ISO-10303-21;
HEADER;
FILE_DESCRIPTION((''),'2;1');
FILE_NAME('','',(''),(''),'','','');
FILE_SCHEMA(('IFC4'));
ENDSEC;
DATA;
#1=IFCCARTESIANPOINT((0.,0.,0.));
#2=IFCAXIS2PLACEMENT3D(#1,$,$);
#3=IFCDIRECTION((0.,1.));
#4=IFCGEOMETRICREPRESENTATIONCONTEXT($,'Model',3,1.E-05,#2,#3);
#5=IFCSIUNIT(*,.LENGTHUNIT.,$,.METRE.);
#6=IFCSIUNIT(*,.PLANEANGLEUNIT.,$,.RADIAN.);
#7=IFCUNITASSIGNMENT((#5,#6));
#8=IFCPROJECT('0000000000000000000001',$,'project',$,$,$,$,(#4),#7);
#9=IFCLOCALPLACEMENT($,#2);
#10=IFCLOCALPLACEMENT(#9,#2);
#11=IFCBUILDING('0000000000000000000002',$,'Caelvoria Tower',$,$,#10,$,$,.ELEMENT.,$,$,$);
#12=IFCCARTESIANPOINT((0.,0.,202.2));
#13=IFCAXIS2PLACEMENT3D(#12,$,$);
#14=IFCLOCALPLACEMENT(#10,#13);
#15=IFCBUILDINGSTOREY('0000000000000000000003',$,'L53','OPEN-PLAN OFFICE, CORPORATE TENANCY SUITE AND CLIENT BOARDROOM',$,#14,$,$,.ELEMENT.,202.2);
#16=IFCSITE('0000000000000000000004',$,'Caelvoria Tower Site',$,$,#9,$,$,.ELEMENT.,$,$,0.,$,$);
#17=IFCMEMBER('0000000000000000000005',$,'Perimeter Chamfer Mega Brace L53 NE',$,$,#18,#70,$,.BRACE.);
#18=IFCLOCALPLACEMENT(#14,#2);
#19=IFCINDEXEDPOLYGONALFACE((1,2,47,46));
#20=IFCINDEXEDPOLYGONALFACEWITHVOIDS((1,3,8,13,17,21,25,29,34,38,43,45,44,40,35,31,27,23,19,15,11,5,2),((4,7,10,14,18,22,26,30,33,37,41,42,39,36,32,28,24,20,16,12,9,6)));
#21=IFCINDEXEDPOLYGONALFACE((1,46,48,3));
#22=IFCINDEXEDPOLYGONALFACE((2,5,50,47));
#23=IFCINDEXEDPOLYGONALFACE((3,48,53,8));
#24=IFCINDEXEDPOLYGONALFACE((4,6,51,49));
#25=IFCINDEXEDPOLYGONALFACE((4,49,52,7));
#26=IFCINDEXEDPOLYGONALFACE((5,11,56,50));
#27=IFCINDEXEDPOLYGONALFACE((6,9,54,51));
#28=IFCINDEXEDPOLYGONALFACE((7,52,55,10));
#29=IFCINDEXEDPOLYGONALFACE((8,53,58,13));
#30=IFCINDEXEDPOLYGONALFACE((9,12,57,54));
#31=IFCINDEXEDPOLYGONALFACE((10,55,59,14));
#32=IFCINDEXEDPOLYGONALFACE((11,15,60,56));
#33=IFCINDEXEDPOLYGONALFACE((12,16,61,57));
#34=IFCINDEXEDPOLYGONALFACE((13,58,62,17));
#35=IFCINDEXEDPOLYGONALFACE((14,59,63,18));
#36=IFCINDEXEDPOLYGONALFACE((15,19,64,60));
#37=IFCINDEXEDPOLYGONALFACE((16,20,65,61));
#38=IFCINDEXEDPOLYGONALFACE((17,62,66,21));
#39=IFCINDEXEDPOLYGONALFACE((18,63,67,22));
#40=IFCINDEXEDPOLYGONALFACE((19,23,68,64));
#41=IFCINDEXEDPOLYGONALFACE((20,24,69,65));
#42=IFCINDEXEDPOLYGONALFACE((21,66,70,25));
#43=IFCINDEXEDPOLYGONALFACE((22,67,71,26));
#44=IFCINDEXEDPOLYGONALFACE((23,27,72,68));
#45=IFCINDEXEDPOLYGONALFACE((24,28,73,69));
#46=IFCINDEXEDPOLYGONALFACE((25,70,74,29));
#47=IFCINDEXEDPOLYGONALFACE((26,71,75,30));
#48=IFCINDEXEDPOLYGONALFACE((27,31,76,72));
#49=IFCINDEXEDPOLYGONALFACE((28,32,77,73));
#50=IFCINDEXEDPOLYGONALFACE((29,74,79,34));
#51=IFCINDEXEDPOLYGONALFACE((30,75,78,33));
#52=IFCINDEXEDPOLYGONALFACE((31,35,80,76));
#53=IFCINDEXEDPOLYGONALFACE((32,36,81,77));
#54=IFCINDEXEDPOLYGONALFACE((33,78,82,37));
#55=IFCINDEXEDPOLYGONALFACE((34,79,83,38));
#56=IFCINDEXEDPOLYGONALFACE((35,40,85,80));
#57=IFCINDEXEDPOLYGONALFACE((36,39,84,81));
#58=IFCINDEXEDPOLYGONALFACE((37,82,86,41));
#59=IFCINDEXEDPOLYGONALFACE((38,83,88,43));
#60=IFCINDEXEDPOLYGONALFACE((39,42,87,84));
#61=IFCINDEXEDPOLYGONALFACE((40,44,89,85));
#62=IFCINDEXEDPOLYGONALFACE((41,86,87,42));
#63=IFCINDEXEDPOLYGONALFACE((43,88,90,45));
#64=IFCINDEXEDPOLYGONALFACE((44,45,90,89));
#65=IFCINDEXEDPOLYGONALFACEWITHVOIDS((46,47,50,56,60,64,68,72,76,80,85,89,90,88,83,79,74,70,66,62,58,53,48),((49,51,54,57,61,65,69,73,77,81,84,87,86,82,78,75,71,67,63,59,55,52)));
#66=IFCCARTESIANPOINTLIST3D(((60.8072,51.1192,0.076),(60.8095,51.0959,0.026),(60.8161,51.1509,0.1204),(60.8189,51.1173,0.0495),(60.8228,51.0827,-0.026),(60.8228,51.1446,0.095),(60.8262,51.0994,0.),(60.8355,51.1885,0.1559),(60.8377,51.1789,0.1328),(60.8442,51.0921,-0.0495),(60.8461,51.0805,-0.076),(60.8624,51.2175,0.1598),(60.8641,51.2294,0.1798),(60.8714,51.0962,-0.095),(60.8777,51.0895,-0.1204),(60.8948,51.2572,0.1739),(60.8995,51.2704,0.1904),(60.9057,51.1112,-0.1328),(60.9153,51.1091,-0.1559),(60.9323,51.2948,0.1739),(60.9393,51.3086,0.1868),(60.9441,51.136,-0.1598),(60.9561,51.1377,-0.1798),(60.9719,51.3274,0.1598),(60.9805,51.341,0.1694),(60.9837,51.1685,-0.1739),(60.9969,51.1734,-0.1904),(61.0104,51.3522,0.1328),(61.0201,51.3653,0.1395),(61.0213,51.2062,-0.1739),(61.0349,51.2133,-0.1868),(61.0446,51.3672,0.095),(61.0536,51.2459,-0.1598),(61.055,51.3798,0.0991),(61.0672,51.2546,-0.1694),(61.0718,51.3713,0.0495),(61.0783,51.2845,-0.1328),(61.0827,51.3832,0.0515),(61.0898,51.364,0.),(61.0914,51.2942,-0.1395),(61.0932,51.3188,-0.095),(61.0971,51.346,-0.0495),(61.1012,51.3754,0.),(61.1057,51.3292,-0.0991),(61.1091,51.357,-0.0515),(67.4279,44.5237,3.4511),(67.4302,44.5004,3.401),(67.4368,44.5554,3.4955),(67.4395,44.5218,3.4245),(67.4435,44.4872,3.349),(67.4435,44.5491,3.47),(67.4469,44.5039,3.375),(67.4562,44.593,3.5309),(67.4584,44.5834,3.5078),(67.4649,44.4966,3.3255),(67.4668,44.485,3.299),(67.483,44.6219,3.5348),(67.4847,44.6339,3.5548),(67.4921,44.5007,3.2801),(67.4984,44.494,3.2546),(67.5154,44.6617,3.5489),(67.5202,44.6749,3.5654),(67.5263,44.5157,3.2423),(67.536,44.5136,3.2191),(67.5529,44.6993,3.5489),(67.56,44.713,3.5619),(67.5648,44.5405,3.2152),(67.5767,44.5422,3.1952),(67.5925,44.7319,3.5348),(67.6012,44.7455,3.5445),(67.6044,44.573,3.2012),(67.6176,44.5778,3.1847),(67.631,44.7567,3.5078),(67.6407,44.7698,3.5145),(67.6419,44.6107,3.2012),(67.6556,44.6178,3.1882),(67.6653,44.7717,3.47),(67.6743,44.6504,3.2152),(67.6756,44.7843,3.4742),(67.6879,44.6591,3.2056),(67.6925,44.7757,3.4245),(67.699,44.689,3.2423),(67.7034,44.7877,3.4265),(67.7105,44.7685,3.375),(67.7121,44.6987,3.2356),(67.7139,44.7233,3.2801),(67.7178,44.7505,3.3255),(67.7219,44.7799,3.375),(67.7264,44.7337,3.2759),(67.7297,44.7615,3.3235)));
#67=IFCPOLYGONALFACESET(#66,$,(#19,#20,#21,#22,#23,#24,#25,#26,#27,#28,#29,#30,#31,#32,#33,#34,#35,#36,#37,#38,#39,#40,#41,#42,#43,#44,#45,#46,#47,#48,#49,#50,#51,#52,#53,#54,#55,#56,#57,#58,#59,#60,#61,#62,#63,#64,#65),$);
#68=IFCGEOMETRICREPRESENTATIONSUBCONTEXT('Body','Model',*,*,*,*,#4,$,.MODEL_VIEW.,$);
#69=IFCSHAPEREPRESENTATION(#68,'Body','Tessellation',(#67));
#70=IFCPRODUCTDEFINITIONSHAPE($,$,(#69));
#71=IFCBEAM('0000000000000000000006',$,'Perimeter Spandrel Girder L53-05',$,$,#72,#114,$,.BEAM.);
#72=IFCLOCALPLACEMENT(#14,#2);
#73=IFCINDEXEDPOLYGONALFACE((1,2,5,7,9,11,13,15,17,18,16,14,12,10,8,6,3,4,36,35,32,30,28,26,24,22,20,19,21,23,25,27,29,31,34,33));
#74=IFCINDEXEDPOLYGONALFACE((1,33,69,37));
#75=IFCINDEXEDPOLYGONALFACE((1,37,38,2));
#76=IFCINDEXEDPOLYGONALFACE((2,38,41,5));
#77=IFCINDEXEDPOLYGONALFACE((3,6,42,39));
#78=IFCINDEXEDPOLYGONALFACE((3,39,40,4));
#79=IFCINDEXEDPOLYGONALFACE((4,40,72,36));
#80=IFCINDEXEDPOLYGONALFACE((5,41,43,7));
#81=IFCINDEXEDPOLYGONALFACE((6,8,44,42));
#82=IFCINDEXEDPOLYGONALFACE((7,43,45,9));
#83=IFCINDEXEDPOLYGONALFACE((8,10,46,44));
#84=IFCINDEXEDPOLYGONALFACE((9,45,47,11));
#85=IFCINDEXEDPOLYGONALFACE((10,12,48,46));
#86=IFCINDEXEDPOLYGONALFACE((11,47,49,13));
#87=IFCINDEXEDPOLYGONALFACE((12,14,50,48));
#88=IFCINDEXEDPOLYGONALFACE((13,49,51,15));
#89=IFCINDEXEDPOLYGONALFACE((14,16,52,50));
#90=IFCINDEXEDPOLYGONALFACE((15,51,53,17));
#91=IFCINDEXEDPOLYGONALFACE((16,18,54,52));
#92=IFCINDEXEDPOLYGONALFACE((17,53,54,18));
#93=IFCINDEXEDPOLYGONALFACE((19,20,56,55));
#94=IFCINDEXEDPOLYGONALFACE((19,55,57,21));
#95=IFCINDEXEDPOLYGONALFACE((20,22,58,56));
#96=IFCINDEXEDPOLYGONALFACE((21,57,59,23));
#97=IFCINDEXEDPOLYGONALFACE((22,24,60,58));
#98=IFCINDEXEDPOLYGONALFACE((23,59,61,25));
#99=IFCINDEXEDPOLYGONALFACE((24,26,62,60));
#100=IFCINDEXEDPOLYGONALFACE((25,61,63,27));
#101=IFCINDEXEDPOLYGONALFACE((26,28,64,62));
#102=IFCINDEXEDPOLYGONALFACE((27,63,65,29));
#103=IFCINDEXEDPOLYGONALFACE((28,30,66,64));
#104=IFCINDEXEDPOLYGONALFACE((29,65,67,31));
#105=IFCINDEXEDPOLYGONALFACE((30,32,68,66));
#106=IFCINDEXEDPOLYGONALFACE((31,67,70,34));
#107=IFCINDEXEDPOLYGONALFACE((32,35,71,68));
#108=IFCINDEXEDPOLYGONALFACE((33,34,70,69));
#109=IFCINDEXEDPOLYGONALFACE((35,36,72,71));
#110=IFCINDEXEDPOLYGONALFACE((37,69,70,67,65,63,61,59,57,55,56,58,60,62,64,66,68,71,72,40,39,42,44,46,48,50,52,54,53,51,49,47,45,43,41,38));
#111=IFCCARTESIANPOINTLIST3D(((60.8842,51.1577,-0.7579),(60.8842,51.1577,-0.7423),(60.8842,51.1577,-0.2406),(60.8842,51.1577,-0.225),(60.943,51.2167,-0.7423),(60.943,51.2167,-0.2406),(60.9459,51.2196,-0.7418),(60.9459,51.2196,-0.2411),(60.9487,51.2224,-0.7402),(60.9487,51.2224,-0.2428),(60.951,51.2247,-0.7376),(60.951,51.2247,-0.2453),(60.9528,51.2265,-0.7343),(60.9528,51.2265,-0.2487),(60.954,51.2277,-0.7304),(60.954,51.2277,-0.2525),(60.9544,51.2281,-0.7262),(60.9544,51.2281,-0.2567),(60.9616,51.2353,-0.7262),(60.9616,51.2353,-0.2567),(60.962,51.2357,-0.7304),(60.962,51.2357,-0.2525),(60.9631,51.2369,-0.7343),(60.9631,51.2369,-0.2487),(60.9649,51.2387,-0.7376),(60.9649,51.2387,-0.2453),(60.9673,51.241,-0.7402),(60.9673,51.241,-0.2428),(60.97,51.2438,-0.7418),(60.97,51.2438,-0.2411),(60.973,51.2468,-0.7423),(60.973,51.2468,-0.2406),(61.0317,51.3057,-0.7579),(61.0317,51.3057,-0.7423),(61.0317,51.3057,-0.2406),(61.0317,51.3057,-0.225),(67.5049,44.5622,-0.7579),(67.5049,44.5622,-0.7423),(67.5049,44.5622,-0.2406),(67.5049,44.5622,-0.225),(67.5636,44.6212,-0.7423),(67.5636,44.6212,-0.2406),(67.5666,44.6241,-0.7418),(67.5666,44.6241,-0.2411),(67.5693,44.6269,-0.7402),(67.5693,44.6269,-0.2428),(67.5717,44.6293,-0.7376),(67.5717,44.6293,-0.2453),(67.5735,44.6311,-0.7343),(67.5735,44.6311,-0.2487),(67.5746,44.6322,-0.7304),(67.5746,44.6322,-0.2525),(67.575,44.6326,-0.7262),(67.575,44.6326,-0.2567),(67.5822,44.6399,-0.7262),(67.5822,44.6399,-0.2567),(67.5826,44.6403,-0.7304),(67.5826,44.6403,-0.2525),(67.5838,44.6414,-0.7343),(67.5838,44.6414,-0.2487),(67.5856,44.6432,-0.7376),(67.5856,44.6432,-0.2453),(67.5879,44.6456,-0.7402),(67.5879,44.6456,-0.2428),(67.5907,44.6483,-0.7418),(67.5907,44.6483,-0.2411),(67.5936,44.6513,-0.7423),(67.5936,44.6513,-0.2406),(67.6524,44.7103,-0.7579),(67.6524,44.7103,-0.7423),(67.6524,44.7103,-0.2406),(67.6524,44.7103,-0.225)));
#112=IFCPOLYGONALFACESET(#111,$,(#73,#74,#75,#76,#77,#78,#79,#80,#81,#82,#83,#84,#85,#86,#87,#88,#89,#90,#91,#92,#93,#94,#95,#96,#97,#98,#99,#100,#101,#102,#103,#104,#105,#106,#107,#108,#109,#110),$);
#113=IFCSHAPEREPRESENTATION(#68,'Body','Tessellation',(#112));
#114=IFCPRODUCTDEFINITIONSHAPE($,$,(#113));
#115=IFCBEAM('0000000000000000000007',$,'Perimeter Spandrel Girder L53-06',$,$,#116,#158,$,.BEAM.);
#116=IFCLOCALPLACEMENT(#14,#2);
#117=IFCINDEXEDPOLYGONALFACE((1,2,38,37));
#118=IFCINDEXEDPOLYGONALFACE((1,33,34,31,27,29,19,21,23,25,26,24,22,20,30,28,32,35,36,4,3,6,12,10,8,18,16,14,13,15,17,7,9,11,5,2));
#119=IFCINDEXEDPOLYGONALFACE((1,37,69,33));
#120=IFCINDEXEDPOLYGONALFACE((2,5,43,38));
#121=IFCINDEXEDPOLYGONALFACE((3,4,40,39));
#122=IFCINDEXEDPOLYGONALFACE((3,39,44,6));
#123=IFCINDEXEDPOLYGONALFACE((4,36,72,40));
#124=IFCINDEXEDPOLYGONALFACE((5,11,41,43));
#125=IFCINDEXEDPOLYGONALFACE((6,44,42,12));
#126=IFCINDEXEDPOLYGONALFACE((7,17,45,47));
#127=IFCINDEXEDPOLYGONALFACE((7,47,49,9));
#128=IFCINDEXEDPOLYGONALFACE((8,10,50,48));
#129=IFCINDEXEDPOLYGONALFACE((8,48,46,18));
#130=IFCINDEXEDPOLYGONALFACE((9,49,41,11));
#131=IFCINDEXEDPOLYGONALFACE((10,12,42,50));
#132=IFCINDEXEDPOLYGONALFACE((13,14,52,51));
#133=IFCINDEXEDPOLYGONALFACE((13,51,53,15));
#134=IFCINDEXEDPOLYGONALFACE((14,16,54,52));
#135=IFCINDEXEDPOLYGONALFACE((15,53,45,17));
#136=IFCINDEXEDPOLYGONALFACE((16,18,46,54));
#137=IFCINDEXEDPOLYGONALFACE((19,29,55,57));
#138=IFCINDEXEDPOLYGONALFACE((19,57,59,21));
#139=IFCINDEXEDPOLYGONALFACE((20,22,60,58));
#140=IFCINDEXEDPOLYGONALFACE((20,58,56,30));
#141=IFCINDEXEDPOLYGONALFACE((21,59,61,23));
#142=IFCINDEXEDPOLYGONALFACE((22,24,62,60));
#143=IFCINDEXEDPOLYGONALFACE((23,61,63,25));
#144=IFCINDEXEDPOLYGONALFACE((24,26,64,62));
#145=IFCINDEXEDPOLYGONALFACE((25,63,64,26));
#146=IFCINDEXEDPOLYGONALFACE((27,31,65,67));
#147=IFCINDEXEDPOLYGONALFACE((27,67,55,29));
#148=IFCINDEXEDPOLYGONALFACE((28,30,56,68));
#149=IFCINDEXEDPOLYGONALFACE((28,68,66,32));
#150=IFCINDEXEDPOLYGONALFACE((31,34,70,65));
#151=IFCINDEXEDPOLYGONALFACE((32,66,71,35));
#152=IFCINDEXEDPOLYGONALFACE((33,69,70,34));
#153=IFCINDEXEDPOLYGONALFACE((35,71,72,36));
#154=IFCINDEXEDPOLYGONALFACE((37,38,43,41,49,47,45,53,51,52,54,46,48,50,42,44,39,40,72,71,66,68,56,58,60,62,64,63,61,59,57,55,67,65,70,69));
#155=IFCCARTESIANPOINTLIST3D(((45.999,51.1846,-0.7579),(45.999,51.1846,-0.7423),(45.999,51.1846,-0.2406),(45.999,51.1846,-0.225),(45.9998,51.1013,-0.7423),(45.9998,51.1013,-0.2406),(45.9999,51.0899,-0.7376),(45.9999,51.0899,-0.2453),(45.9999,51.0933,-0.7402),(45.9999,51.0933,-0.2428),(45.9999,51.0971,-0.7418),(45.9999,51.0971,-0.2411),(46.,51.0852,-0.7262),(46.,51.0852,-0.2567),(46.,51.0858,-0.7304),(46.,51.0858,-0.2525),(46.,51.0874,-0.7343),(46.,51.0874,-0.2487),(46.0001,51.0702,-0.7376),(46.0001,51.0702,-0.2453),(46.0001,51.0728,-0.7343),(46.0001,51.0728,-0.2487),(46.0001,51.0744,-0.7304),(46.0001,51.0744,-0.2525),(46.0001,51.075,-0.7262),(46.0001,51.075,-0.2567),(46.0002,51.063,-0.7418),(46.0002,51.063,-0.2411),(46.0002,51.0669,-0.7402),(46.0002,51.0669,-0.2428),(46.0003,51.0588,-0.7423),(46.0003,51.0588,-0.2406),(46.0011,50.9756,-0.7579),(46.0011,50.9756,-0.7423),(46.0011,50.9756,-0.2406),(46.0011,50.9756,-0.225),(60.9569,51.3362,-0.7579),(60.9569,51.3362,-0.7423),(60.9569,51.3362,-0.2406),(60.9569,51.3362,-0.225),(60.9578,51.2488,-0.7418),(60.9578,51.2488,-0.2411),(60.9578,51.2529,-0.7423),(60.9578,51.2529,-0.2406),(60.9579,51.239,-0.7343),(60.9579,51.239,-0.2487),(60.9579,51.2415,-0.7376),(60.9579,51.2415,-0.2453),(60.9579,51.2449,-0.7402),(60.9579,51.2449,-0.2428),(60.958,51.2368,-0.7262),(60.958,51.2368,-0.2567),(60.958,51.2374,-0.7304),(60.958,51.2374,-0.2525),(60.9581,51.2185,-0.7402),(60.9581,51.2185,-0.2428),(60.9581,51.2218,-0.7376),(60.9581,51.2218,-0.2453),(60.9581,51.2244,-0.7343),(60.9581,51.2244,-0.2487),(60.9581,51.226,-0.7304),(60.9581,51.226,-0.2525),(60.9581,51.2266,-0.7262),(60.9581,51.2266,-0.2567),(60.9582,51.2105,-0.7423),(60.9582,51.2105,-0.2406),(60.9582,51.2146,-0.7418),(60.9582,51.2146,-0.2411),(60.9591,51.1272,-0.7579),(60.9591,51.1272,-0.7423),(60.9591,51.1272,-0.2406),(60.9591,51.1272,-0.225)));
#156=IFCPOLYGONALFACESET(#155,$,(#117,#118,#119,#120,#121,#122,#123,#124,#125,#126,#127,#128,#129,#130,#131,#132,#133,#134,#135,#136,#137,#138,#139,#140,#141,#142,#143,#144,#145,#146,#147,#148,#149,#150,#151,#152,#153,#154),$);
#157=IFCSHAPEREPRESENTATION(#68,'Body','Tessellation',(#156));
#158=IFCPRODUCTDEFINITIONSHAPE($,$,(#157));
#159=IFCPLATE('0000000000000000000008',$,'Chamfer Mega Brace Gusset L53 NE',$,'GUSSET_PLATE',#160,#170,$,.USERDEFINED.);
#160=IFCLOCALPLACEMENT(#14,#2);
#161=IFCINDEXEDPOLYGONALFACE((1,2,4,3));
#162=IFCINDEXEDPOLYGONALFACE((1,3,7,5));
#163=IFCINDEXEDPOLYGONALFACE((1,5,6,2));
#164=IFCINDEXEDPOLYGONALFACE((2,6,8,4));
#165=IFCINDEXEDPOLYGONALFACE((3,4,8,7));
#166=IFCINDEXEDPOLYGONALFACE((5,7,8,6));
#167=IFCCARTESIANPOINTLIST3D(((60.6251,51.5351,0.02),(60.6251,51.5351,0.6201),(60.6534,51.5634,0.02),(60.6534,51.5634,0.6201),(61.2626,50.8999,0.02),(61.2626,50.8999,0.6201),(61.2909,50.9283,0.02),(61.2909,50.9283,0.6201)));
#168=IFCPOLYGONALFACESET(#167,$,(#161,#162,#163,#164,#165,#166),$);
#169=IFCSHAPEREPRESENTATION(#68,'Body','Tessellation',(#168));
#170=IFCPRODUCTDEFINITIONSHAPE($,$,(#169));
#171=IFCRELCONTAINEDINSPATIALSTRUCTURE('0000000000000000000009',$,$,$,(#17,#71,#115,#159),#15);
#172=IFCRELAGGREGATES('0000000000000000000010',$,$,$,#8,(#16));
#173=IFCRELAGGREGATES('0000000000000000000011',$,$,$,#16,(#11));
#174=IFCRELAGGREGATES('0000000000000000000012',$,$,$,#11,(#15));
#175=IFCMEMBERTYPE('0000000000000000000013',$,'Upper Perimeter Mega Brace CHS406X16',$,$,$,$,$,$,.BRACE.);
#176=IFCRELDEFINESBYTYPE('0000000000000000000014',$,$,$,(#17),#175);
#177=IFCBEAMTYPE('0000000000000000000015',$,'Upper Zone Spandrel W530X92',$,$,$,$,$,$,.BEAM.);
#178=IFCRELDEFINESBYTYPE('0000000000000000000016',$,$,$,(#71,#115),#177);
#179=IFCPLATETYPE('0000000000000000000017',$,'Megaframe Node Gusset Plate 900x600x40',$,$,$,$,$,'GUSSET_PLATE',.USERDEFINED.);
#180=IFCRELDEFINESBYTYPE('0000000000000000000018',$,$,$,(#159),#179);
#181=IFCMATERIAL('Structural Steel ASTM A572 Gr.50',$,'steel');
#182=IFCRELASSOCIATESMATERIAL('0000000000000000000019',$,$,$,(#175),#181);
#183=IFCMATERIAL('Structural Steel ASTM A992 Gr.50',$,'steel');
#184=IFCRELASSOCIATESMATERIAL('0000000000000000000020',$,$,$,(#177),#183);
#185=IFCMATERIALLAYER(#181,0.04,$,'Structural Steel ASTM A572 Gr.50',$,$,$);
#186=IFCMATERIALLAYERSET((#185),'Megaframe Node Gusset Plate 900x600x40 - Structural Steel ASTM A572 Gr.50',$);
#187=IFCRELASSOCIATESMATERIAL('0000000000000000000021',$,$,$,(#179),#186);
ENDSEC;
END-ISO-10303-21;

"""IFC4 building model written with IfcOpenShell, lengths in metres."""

from ifc_helpers import new_model, si_unit, direction, frame, origin, origin_2d, place, context, subcontext, project, spatial, rectangle, hollow_circle, i_section, extrude, material, layer, layer_set, material_profile, profile_set, type_object, element, save


model = new_model("IFC4")

# Units and contexts
model_context = context("Model", 3, precision=1e-05, world=origin(), true_north=direction((0.0, 1.0)))
body_context = subcontext(model_context, "Body", "Model", "MODEL_VIEW")
ifc_project = project(units=[si_unit("LENGTHUNIT", "METRE"), si_unit("PLANEANGLEUNIT", "RADIAN")], contexts=[model_context])

# Site, building, storey
site_placement = place(None, origin())
site = spatial("IfcSite", under=ifc_project, at=site_placement, Name="Caelvoria Tower Site", CompositionType="ELEMENT", RefElevation=0.0)
building_placement = place(site_placement, origin())
building = spatial("IfcBuilding", under=site, at=building_placement, Name="Caelvoria Tower", CompositionType="ELEMENT")
storey_placement = place(building_placement, frame((0.0, 0.0, 202.2)))
storey = spatial("IfcBuildingStorey", under=building, at=storey_placement, Name="L53", Description="OPEN-PLAN OFFICE, CORPORATE TENANCY SUITE AND CLIENT BOARDROOM", CompositionType="ELEMENT", Elevation=202.2)

# Shared definitions
ifc_material_1 = material(Name="Structural Steel ASTM A572 Gr.50", Category="steel")

# Shared definitions
ifc_material_2 = material(Name="Structural Steel ASTM A992 Gr.50", Category="steel")

# Member
ifc_material_profile_1 = material_profile(ifc_material_1, hollow_circle(Radius=0.2029, WallThickness=0.0161, at=origin_2d()), Name="Structural Steel ASTM A572 Gr.50")
ifc_profile_set_1 = profile_set([ifc_material_profile_1], Name="CHS406X16 - Structural Steel ASTM A572 Gr.50")
member_type = type_object("IfcMemberType", Name="Upper Perimeter Mega Brace CHS406X16", PredefinedType="BRACE", material=ifc_profile_set_1)
member_placement = place(storey_placement, frame((60.958, 51.2317, 0.0), z_axis=(0.666328, -0.663797, 0.339676), x_axis=(0.70576, 0.708451, 0.0)))
element("IfcMember", 1, at=member_placement, inside=storey, type_object=member_type, Name="Perimeter Chamfer Mega Brace L53 NE", PredefinedType="BRACE", context=body_context, shape_type="SweptSolid", body=[
    extrude(hollow_circle(Radius=0.2029, WallThickness=0.0161, at=origin_2d()), origin(), (0.0, 0.0, 1.0), 9.936),
])

# Beams
ifc_material_profile_2 = material_profile(ifc_material_2, i_section(OverallWidth=0.209, OverallDepth=0.533, WebThickness=0.0103, FlangeThickness=0.0156, FilletRadius=0.0161, at=origin_2d()), Name="Structural Steel ASTM A992 Gr.50")
ifc_profile_set_2 = profile_set([ifc_material_profile_2], Name="W530X92 - Structural Steel ASTM A992 Gr.50")
beam_type_1 = type_object("IfcBeamType", Name="Upper Zone Spandrel W530X92", PredefinedType="BEAM", material=ifc_profile_set_2)
beam_1_placement = place(storey_placement, frame((67.5786, 44.6362, -0.4915), z_axis=(-0.708451, 0.70576, 0.0), x_axis=(-0.70576, -0.708451, 0.0)))
element("IfcBeam", 2, at=beam_1_placement, inside=storey, type_object=beam_type_1, Name="Perimeter Spandrel Girder L53-05", PredefinedType="BEAM", context=body_context, shape_type="SweptSolid", body=[
    extrude(i_section(OverallWidth=0.209, OverallDepth=0.533, WebThickness=0.0103, FlangeThickness=0.0156, FilletRadius=0.0161, at=origin_2d()), origin(), (0.0, 0.0, 1.0), 9.3452),
])
beam_2_placement = place(storey_placement, frame((60.958, 51.2317, -0.4915), z_axis=(-0.999949, -0.010135, 0.0), x_axis=(0.010135, -0.999949, 0.0)))
element("IfcBeam", 3, at=beam_2_placement, inside=storey, type_object=beam_type_1, Name="Perimeter Spandrel Girder L53-06", PredefinedType="BEAM", context=body_context, shape_type="SweptSolid", body=[
    extrude(i_section(OverallWidth=0.209, OverallDepth=0.533, WebThickness=0.0103, FlangeThickness=0.0156, FilletRadius=0.0161, at=origin_2d()), origin(), (0.0, 0.0, 1.0), 14.9587),
])

# Plate
ifc_layer_1 = layer(ifc_material_1, 0.04, Name="Structural Steel ASTM A572 Gr.50")
ifc_layer_set_1 = layer_set([ifc_layer_1], Name="Megaframe Node Gusset Plate 900x600x40 - Structural Steel ASTM A572 Gr.50")
plate_type = type_object("IfcPlateType", Name="Megaframe Node Gusset Plate 900x600x40", ElementType="GUSSET_PLATE", PredefinedType="USERDEFINED", material=ifc_layer_set_1)
plate_placement = place(storey_placement, frame((60.958, 51.2317, 0.02), z_axis=(0.0, 0.0, 1.0), x_axis=(0.708453, -0.705758, 0.0)))
element("IfcPlate", 4, at=plate_placement, inside=storey, type_object=plate_type, Name="Chamfer Mega Brace Gusset L53 NE", ObjectType="GUSSET_PLATE", PredefinedType="USERDEFINED", context=body_context, shape_type="SweptSolid", body=[
    extrude(rectangle(XDim=0.8999, YDim=0.04, at=origin_2d()), origin(), (0.0, 0.0, 1.0), 0.6001),
])

save(model, "model.ifc")
